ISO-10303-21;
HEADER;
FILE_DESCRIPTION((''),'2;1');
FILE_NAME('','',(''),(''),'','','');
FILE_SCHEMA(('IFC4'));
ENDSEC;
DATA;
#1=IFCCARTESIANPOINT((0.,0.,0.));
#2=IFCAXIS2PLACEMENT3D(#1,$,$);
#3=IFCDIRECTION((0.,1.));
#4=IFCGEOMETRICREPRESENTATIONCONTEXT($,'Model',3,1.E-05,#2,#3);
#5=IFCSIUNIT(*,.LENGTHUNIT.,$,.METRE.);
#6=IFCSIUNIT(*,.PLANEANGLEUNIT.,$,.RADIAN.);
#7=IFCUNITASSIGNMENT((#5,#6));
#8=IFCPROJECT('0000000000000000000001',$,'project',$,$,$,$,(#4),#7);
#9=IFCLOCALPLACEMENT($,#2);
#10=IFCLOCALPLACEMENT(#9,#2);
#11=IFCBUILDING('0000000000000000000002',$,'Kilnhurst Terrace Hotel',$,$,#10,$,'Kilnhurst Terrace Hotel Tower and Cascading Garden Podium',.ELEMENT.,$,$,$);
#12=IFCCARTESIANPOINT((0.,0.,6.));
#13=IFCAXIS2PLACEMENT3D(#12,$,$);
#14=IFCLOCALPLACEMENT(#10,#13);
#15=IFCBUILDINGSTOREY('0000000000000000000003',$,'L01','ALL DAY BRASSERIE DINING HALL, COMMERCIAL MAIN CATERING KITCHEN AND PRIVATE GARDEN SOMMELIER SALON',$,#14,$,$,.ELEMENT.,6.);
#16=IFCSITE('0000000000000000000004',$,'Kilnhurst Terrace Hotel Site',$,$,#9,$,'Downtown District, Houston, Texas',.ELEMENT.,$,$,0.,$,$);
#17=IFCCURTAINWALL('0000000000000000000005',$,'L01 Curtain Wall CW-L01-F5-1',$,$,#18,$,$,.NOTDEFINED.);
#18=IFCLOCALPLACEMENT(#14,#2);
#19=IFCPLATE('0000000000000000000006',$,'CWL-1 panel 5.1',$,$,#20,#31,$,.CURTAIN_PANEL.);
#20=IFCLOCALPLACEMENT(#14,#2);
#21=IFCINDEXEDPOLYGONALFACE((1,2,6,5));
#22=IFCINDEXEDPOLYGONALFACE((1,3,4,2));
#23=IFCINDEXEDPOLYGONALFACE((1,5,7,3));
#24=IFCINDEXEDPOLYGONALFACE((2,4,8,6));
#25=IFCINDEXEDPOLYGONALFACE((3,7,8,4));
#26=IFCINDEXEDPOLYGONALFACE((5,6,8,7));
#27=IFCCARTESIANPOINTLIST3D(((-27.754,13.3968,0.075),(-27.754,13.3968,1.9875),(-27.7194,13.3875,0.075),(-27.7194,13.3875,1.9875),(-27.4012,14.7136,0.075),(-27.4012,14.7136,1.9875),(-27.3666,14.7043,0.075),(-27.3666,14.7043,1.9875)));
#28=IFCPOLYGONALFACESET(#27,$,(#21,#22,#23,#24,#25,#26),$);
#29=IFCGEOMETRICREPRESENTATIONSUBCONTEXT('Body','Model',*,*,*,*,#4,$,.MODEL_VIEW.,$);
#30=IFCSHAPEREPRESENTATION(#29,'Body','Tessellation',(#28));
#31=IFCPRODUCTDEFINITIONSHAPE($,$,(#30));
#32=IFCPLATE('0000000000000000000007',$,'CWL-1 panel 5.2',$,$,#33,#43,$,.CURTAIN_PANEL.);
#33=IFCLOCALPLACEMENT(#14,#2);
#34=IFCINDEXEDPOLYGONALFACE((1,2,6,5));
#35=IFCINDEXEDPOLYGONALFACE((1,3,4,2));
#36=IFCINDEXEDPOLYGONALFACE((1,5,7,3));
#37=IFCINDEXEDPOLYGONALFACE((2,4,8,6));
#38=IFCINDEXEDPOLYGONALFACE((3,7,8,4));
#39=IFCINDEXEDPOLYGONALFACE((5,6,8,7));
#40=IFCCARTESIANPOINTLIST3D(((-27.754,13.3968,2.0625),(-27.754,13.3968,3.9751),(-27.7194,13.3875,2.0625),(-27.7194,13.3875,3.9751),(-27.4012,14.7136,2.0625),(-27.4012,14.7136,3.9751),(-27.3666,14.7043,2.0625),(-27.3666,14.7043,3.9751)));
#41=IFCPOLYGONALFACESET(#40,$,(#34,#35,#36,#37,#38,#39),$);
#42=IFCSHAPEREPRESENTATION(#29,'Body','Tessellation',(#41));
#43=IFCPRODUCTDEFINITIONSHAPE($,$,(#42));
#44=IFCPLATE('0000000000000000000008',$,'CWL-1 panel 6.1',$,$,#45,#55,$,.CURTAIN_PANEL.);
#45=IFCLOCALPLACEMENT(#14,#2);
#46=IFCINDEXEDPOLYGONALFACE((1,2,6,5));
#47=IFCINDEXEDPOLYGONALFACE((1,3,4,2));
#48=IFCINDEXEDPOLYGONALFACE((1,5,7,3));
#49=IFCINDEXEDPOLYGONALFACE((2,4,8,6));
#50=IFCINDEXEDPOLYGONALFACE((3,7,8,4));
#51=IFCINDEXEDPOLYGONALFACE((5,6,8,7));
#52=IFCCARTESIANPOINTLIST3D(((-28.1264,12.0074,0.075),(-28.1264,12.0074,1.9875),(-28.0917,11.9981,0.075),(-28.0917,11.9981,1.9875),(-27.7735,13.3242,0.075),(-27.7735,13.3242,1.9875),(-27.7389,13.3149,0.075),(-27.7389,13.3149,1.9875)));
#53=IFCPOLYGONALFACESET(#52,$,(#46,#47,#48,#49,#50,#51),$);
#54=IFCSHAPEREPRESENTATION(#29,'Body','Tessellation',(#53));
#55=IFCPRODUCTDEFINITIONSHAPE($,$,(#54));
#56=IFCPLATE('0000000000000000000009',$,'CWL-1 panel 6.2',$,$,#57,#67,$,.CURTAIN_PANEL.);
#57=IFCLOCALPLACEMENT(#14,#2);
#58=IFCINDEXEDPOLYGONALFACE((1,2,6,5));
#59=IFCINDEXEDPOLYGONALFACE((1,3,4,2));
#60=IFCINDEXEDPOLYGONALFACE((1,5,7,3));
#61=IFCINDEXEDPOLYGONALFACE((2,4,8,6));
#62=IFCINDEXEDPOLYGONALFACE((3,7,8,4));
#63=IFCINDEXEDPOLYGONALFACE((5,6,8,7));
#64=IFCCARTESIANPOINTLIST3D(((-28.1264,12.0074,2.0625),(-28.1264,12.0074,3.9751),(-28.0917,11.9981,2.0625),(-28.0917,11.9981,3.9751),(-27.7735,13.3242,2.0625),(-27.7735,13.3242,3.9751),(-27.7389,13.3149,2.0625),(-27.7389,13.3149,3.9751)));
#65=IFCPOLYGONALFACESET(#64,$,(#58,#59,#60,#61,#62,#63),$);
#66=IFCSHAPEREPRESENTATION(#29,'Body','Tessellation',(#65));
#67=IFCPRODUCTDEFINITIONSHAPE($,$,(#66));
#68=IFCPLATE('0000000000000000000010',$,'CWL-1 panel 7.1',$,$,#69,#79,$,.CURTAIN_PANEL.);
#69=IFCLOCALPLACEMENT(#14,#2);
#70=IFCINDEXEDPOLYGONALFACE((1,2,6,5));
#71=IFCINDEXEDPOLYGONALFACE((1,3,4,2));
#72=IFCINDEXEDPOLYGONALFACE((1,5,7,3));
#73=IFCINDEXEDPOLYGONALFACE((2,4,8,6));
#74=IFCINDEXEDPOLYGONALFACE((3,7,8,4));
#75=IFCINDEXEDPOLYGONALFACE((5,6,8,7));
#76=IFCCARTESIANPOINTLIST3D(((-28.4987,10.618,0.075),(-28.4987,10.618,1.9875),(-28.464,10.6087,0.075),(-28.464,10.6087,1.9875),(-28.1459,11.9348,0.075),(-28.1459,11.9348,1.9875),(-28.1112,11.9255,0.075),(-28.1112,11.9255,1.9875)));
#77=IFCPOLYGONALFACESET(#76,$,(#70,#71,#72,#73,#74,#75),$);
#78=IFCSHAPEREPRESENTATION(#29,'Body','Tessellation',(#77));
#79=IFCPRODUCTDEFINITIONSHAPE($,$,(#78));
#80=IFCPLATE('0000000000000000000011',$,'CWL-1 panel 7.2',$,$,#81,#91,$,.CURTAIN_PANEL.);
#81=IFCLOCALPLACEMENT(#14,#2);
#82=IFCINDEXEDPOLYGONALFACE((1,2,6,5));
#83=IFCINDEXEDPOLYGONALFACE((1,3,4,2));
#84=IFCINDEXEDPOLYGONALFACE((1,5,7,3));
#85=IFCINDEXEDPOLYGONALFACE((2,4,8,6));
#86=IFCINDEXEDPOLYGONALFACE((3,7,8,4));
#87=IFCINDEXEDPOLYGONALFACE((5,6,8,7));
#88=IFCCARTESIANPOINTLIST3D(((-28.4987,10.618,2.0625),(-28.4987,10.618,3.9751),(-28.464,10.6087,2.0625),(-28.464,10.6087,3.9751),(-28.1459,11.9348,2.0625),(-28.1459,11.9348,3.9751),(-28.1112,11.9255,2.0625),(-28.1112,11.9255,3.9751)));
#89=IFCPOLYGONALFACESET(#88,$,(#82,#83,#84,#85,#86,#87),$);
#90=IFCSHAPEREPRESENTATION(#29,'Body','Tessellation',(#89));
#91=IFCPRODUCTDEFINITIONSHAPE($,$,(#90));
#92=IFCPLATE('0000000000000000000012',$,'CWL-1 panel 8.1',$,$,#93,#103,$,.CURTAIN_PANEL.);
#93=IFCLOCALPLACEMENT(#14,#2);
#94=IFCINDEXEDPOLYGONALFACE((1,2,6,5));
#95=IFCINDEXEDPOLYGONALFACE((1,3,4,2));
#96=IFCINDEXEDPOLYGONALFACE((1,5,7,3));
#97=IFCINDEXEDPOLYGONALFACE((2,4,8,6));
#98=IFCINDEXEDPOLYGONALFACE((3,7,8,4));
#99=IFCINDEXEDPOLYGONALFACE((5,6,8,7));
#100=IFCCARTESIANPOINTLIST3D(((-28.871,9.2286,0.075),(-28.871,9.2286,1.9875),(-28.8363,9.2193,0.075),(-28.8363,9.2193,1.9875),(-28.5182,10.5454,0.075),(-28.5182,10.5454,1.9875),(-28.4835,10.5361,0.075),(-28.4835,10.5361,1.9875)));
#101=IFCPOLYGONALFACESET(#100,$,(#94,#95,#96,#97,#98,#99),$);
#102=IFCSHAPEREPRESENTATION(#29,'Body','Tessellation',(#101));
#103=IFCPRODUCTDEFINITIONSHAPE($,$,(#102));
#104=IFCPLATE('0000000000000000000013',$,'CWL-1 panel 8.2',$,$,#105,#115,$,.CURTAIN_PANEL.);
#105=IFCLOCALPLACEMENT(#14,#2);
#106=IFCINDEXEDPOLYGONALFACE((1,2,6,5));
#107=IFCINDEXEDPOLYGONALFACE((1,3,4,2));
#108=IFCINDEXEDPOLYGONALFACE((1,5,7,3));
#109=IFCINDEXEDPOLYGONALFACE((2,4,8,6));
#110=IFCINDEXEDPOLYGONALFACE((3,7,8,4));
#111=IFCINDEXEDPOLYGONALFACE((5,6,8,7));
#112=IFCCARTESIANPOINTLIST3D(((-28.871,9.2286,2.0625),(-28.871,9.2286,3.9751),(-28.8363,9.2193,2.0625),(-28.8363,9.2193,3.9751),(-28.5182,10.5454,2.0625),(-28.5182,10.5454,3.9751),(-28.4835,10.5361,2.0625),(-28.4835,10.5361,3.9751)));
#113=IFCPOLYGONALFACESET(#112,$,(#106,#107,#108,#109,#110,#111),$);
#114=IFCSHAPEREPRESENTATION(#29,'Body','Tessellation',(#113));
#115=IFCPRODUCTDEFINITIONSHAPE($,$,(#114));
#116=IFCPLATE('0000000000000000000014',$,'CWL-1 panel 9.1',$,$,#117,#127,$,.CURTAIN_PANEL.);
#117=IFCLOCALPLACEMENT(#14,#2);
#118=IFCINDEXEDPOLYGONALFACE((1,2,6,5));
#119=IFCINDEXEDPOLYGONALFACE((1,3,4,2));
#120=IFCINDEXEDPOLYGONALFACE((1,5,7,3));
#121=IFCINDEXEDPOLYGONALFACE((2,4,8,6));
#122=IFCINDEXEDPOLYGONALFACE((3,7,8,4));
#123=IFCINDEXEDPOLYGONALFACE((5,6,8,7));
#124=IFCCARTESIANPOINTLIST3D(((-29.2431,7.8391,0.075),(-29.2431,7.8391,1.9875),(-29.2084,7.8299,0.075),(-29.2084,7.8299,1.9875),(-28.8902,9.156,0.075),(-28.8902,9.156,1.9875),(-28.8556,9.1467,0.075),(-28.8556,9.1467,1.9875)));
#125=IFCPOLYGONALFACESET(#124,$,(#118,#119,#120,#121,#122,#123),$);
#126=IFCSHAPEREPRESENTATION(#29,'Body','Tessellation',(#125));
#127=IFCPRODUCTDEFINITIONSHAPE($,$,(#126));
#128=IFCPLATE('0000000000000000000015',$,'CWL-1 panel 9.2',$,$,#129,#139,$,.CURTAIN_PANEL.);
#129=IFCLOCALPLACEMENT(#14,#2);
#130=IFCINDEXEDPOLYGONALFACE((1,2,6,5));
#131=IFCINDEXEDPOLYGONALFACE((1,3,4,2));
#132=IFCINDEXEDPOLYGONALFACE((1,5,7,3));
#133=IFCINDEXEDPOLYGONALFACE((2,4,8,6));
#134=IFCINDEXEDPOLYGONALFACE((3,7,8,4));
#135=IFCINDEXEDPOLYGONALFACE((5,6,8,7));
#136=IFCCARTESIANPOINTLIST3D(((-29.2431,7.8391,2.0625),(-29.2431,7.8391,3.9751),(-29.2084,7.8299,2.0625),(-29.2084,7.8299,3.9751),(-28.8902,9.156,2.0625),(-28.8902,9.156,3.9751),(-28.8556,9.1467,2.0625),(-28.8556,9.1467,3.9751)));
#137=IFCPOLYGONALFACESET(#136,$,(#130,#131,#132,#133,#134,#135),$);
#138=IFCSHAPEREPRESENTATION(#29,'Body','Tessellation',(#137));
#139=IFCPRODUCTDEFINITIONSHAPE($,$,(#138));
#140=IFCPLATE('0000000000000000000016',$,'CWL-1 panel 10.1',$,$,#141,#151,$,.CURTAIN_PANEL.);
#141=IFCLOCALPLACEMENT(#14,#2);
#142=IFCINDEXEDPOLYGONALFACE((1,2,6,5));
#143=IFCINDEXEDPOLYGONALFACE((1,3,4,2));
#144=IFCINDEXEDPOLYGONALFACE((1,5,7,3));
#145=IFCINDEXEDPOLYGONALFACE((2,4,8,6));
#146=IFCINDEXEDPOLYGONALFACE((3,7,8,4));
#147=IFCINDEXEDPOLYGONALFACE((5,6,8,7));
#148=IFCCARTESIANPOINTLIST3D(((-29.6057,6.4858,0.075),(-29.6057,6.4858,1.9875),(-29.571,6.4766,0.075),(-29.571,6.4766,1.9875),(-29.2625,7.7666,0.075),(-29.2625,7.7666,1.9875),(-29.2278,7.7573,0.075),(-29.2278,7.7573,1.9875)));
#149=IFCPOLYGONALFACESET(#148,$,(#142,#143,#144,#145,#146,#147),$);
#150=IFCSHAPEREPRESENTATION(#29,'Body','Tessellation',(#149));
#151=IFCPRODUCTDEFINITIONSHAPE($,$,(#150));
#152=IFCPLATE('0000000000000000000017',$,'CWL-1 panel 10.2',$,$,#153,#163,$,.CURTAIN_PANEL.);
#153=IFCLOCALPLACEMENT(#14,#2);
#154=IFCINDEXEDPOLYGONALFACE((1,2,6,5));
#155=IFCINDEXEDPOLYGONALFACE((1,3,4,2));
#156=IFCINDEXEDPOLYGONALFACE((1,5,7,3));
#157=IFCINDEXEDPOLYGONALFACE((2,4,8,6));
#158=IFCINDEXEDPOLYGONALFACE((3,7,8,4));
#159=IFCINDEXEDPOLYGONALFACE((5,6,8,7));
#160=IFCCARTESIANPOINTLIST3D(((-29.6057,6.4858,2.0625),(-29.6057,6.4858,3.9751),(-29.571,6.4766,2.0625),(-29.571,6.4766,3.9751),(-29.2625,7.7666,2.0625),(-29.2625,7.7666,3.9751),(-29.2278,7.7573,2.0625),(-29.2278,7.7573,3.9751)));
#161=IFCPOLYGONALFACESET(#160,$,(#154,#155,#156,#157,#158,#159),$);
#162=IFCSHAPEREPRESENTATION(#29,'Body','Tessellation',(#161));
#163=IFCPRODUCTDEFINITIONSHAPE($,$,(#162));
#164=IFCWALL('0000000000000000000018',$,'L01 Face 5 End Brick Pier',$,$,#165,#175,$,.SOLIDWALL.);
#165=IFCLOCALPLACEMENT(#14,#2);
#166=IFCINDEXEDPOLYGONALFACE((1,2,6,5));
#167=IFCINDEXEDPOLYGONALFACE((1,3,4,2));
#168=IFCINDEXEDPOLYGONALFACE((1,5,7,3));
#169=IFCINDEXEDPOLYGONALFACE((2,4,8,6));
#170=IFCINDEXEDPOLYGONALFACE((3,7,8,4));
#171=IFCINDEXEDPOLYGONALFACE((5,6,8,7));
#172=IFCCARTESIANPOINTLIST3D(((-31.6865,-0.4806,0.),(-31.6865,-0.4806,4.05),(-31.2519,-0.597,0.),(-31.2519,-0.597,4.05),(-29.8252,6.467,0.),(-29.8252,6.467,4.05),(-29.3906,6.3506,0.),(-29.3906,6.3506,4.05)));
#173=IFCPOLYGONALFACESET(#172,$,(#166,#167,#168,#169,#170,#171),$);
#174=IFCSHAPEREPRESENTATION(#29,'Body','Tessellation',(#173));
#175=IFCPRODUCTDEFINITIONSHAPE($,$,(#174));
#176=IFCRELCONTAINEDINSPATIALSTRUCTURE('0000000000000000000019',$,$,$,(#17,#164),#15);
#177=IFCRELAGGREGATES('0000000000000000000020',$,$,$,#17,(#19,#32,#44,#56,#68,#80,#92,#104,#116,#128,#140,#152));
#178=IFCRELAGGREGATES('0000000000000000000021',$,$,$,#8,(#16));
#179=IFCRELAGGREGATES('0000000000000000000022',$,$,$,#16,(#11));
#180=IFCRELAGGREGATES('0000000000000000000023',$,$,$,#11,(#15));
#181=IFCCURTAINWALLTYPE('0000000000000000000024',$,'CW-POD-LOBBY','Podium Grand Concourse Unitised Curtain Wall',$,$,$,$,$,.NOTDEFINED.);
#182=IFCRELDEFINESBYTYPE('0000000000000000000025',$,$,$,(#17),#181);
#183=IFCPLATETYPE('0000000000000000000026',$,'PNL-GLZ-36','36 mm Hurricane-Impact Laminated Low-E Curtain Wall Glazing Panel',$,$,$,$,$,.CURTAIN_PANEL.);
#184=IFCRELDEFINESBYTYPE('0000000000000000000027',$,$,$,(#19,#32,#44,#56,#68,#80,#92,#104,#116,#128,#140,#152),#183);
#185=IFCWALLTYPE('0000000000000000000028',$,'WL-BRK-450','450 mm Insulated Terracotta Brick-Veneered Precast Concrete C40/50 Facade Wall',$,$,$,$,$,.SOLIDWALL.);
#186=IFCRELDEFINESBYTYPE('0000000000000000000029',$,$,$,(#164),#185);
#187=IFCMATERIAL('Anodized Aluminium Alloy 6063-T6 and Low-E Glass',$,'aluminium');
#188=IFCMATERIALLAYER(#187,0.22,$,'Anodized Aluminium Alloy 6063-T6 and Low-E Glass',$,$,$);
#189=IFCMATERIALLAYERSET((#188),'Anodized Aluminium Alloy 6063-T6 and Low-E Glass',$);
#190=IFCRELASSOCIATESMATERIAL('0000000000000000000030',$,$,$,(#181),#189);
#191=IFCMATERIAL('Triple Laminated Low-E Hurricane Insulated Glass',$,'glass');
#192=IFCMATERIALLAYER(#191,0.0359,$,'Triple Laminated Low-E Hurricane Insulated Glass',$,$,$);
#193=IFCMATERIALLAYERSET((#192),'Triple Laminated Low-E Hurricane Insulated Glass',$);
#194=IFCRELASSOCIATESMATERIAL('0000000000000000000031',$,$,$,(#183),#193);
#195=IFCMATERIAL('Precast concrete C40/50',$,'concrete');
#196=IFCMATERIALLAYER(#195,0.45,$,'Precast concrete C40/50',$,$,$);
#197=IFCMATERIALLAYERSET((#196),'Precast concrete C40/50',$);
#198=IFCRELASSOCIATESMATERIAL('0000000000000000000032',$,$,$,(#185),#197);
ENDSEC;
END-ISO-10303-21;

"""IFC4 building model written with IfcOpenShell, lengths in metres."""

from ifc_helpers import new_model, si_unit, direction, frame, frame_2d, origin, origin_2d, place, context, subcontext, project, spatial, rectangle, extrude, material, layer, layer_set, type_object, element, aggregate, save


model = new_model("IFC4")

# Units and contexts
model_context = context("Model", 3, precision=1e-05, world=origin(), true_north=direction((0.0, 1.0)))
body_context = subcontext(model_context, "Body", "Model", "MODEL_VIEW")
ifc_project = project(units=[si_unit("LENGTHUNIT", "METRE"), si_unit("PLANEANGLEUNIT", "RADIAN")], contexts=[model_context])

# Site, building, storey
site_placement = place(None, origin())
site = spatial("IfcSite", under=ifc_project, at=site_placement, Name="Kilnhurst Terrace Hotel Site", LongName="Downtown District, Houston, Texas", CompositionType="ELEMENT", RefElevation=0.0)
building_placement = place(site_placement, origin())
building = spatial("IfcBuilding", under=site, at=building_placement, Name="Kilnhurst Terrace Hotel", LongName="Kilnhurst Terrace Hotel Tower and Cascading Garden Podium", CompositionType="ELEMENT")
storey_placement = place(building_placement, frame((0.0, 0.0, 6.0)))
storey = spatial("IfcBuildingStorey", under=building, at=storey_placement, Name="L01", Description="ALL DAY BRASSERIE DINING HALL, COMMERCIAL MAIN CATERING KITCHEN AND PRIVATE GARDEN SOMMELIER SALON", CompositionType="ELEMENT", Elevation=6.0)

# Curtain wall, plates
ifc_material_1 = material(Name="Anodized Aluminium Alloy 6063-T6 and Low-E Glass", Category="aluminium")
ifc_layer_1 = layer(ifc_material_1, 0.22, Name="Anodized Aluminium Alloy 6063-T6 and Low-E Glass")
ifc_layer_set_1 = layer_set([ifc_layer_1], Name="Anodized Aluminium Alloy 6063-T6 and Low-E Glass")
curtain_wall_type = type_object("IfcCurtainWallType", Name="CW-POD-LOBBY", Description="Podium Grand Concourse Unitised Curtain Wall", PredefinedType="NOTDEFINED", material=ifc_layer_set_1)
curtain_wall_placement = place(storey_placement, origin())
curtain_wall = element("IfcCurtainWall", 1, at=curtain_wall_placement, inside=storey, type_object=curtain_wall_type, Name="L01 Curtain Wall CW-L01-F5-1", PredefinedType="NOTDEFINED")
ifc_material_2 = material(Name="Triple Laminated Low-E Hurricane Insulated Glass", Category="glass")
ifc_layer_2 = layer(ifc_material_2, 0.0359, Name="Triple Laminated Low-E Hurricane Insulated Glass")
ifc_layer_set_2 = layer_set([ifc_layer_2], Name="Triple Laminated Low-E Hurricane Insulated Glass")
plate_type = type_object("IfcPlateType", Name="PNL-GLZ-36", Description="36 mm Hurricane-Impact Laminated Low-E Curtain Wall Glazing Panel", PredefinedType="CURTAIN_PANEL", material=ifc_layer_set_2)
plate_1_placement = place(storey_placement, frame((-27.5603, 14.0505, 0.075), z_axis=(0.0, 0.0, 1.0), x_axis=(-0.258802, -0.96593, 0.0)))
plate_1 = element("IfcPlate", 2, at=plate_1_placement, type_object=plate_type, Name="CWL-1 panel 5.1", PredefinedType="CURTAIN_PANEL", context=body_context, shape_type="SweptSolid", body=[
    extrude(rectangle(XDim=1.3633, YDim=0.0359, at=origin_2d()), origin(), (0.0, 0.0, 1.0), 1.9126),
])
plate_2_placement = place(storey_placement, frame((-27.5603, 14.0505, 2.0625), z_axis=(0.0, 0.0, 1.0), x_axis=(-0.258802, -0.96593, 0.0)))
plate_2 = element("IfcPlate", 3, at=plate_2_placement, type_object=plate_type, Name="CWL-1 panel 5.2", PredefinedType="CURTAIN_PANEL", context=body_context, shape_type="SweptSolid", body=[
    extrude(rectangle(XDim=1.3633, YDim=0.0359, at=origin_2d()), origin(), (0.0, 0.0, 1.0), 1.9126),
])
plate_3_placement = place(storey_placement, frame((-27.9326, 12.6611, 0.075), z_axis=(0.0, 0.0, 1.0), x_axis=(-0.258802, -0.96593, 0.0)))
plate_3 = element("IfcPlate", 4, at=plate_3_placement, type_object=plate_type, Name="CWL-1 panel 6.1", PredefinedType="CURTAIN_PANEL", context=body_context, shape_type="SweptSolid", body=[
    extrude(rectangle(XDim=1.3633, YDim=0.0359, at=origin_2d()), origin(), (0.0, 0.0, 1.0), 1.9126),
])
plate_4_placement = place(storey_placement, frame((-27.9326, 12.6611, 2.0625), z_axis=(0.0, 0.0, 1.0), x_axis=(-0.258802, -0.96593, 0.0)))
plate_4 = element("IfcPlate", 5, at=plate_4_placement, type_object=plate_type, Name="CWL-1 panel 6.2", PredefinedType="CURTAIN_PANEL", context=body_context, shape_type="SweptSolid", body=[
    extrude(rectangle(XDim=1.3633, YDim=0.0359, at=origin_2d()), origin(), (0.0, 0.0, 1.0), 1.9126),
])
plate_5_placement = place(storey_placement, frame((-28.3049, 11.2717, 0.075), z_axis=(0.0, 0.0, 1.0), x_axis=(-0.258802, -0.96593, 0.0)))
plate_5 = element("IfcPlate", 6, at=plate_5_placement, type_object=plate_type, Name="CWL-1 panel 7.1", PredefinedType="CURTAIN_PANEL", context=body_context, shape_type="SweptSolid", body=[
    extrude(rectangle(XDim=1.3633, YDim=0.0359, at=origin_2d()), origin(), (0.0, 0.0, 1.0), 1.9126),
])
plate_6_placement = place(storey_placement, frame((-28.3049, 11.2717, 2.0625), z_axis=(0.0, 0.0, 1.0), x_axis=(-0.258802, -0.96593, 0.0)))
plate_6 = element("IfcPlate", 7, at=plate_6_placement, type_object=plate_type, Name="CWL-1 panel 7.2", PredefinedType="CURTAIN_PANEL", context=body_context, shape_type="SweptSolid", body=[
    extrude(rectangle(XDim=1.3633, YDim=0.0359, at=origin_2d()), origin(), (0.0, 0.0, 1.0), 1.9126),
])
plate_7_placement = place(storey_placement, frame((-28.6772, 9.8823, 0.075), z_axis=(0.0, 0.0, 1.0), x_axis=(-0.258802, -0.96593, 0.0)))
plate_7 = element("IfcPlate", 8, at=plate_7_placement, type_object=plate_type, Name="CWL-1 panel 8.1", PredefinedType="CURTAIN_PANEL", context=body_context, shape_type="SweptSolid", body=[
    extrude(rectangle(XDim=1.3633, YDim=0.0359, at=origin_2d()), origin(), (0.0, 0.0, 1.0), 1.9126),
])
plate_8_placement = place(storey_placement, frame((-28.6772, 9.8823, 2.0625), z_axis=(0.0, 0.0, 1.0), x_axis=(-0.258802, -0.96593, 0.0)))
plate_8 = element("IfcPlate", 9, at=plate_8_placement, type_object=plate_type, Name="CWL-1 panel 8.2", PredefinedType="CURTAIN_PANEL", context=body_context, shape_type="SweptSolid", body=[
    extrude(rectangle(XDim=1.3633, YDim=0.0359, at=origin_2d()), origin(), (0.0, 0.0, 1.0), 1.9126),
])
plate_9_placement = place(storey_placement, frame((-29.0493, 8.4929, 0.075), z_axis=(0.0, 0.0, 1.0), x_axis=(-0.258802, -0.96593, 0.0)))
plate_9 = element("IfcPlate", 10, at=plate_9_placement, type_object=plate_type, Name="CWL-1 panel 9.1", PredefinedType="CURTAIN_PANEL", context=body_context, shape_type="SweptSolid", body=[
    extrude(rectangle(XDim=1.3633, YDim=0.0359, at=origin_2d()), origin(), (0.0, 0.0, 1.0), 1.9126),
])
plate_10_placement = place(storey_placement, frame((-29.0493, 8.4929, 2.0625), z_axis=(0.0, 0.0, 1.0), x_axis=(-0.258802, -0.96593, 0.0)))
plate_10 = element("IfcPlate", 11, at=plate_10_placement, type_object=plate_type, Name="CWL-1 panel 9.2", PredefinedType="CURTAIN_PANEL", context=body_context, shape_type="SweptSolid", body=[
    extrude(rectangle(XDim=1.3633, YDim=0.0359, at=origin_2d()), origin(), (0.0, 0.0, 1.0), 1.9126),
])
plate_11_placement = place(storey_placement, frame((-29.4167, 7.1216, 0.075), z_axis=(0.0, 0.0, 1.0), x_axis=(-0.258802, -0.96593, 0.0)))
plate_11 = element("IfcPlate", 12, at=plate_11_placement, type_object=plate_type, Name="CWL-1 panel 10.1", PredefinedType="CURTAIN_PANEL", context=body_context, shape_type="SweptSolid", body=[
    extrude(rectangle(XDim=1.3259, YDim=0.0359, at=origin_2d()), origin(), (0.0, 0.0, 1.0), 1.9126),
])
plate_12_placement = place(storey_placement, frame((-29.4167, 7.1216, 2.0625), z_axis=(0.0, 0.0, 1.0), x_axis=(-0.258802, -0.96593, 0.0)))
plate_12 = element("IfcPlate", 13, at=plate_12_placement, type_object=plate_type, Name="CWL-1 panel 10.2", PredefinedType="CURTAIN_PANEL", context=body_context, shape_type="SweptSolid", body=[
    extrude(rectangle(XDim=1.3259, YDim=0.0359, at=origin_2d()), origin(), (0.0, 0.0, 1.0), 1.9126),
])
aggregate(curtain_wall, [plate_1, plate_2, plate_3, plate_4, plate_5, plate_6, plate_7, plate_8, plate_9, plate_10, plate_11, plate_12])

# Wall
ifc_material_3 = material(Name="Precast concrete C40/50", Category="concrete")
ifc_layer_3 = layer(ifc_material_3, 0.45, Name="Precast concrete C40/50")
ifc_layer_set_3 = layer_set([ifc_layer_3], Name="Precast concrete C40/50")
wall_type = type_object("IfcWallType", Name="WL-BRK-450", Description="450 mm Insulated Terracotta Brick-Veneered Precast Concrete C40/50 Facade Wall", PredefinedType="SOLIDWALL", material=ifc_layer_set_3)
wall_placement = place(storey_placement, frame((-29.6079, 6.4087, 0.0), z_axis=(0.0, 0.0, 1.0), x_axis=(-0.258786, -0.965935, 0.0)))
element("IfcWall", 14, at=wall_placement, inside=storey, type_object=wall_type, Name="L01 Face 5 End Brick Pier", PredefinedType="SOLIDWALL", context=body_context, shape_type="SweptSolid", body=[
    extrude(rectangle(XDim=7.1926, YDim=0.45, at=frame_2d((3.5962, 0.0))), origin(), (0.0, 0.0, 1.0), 4.05),
])

save(model, "model.ifc")
